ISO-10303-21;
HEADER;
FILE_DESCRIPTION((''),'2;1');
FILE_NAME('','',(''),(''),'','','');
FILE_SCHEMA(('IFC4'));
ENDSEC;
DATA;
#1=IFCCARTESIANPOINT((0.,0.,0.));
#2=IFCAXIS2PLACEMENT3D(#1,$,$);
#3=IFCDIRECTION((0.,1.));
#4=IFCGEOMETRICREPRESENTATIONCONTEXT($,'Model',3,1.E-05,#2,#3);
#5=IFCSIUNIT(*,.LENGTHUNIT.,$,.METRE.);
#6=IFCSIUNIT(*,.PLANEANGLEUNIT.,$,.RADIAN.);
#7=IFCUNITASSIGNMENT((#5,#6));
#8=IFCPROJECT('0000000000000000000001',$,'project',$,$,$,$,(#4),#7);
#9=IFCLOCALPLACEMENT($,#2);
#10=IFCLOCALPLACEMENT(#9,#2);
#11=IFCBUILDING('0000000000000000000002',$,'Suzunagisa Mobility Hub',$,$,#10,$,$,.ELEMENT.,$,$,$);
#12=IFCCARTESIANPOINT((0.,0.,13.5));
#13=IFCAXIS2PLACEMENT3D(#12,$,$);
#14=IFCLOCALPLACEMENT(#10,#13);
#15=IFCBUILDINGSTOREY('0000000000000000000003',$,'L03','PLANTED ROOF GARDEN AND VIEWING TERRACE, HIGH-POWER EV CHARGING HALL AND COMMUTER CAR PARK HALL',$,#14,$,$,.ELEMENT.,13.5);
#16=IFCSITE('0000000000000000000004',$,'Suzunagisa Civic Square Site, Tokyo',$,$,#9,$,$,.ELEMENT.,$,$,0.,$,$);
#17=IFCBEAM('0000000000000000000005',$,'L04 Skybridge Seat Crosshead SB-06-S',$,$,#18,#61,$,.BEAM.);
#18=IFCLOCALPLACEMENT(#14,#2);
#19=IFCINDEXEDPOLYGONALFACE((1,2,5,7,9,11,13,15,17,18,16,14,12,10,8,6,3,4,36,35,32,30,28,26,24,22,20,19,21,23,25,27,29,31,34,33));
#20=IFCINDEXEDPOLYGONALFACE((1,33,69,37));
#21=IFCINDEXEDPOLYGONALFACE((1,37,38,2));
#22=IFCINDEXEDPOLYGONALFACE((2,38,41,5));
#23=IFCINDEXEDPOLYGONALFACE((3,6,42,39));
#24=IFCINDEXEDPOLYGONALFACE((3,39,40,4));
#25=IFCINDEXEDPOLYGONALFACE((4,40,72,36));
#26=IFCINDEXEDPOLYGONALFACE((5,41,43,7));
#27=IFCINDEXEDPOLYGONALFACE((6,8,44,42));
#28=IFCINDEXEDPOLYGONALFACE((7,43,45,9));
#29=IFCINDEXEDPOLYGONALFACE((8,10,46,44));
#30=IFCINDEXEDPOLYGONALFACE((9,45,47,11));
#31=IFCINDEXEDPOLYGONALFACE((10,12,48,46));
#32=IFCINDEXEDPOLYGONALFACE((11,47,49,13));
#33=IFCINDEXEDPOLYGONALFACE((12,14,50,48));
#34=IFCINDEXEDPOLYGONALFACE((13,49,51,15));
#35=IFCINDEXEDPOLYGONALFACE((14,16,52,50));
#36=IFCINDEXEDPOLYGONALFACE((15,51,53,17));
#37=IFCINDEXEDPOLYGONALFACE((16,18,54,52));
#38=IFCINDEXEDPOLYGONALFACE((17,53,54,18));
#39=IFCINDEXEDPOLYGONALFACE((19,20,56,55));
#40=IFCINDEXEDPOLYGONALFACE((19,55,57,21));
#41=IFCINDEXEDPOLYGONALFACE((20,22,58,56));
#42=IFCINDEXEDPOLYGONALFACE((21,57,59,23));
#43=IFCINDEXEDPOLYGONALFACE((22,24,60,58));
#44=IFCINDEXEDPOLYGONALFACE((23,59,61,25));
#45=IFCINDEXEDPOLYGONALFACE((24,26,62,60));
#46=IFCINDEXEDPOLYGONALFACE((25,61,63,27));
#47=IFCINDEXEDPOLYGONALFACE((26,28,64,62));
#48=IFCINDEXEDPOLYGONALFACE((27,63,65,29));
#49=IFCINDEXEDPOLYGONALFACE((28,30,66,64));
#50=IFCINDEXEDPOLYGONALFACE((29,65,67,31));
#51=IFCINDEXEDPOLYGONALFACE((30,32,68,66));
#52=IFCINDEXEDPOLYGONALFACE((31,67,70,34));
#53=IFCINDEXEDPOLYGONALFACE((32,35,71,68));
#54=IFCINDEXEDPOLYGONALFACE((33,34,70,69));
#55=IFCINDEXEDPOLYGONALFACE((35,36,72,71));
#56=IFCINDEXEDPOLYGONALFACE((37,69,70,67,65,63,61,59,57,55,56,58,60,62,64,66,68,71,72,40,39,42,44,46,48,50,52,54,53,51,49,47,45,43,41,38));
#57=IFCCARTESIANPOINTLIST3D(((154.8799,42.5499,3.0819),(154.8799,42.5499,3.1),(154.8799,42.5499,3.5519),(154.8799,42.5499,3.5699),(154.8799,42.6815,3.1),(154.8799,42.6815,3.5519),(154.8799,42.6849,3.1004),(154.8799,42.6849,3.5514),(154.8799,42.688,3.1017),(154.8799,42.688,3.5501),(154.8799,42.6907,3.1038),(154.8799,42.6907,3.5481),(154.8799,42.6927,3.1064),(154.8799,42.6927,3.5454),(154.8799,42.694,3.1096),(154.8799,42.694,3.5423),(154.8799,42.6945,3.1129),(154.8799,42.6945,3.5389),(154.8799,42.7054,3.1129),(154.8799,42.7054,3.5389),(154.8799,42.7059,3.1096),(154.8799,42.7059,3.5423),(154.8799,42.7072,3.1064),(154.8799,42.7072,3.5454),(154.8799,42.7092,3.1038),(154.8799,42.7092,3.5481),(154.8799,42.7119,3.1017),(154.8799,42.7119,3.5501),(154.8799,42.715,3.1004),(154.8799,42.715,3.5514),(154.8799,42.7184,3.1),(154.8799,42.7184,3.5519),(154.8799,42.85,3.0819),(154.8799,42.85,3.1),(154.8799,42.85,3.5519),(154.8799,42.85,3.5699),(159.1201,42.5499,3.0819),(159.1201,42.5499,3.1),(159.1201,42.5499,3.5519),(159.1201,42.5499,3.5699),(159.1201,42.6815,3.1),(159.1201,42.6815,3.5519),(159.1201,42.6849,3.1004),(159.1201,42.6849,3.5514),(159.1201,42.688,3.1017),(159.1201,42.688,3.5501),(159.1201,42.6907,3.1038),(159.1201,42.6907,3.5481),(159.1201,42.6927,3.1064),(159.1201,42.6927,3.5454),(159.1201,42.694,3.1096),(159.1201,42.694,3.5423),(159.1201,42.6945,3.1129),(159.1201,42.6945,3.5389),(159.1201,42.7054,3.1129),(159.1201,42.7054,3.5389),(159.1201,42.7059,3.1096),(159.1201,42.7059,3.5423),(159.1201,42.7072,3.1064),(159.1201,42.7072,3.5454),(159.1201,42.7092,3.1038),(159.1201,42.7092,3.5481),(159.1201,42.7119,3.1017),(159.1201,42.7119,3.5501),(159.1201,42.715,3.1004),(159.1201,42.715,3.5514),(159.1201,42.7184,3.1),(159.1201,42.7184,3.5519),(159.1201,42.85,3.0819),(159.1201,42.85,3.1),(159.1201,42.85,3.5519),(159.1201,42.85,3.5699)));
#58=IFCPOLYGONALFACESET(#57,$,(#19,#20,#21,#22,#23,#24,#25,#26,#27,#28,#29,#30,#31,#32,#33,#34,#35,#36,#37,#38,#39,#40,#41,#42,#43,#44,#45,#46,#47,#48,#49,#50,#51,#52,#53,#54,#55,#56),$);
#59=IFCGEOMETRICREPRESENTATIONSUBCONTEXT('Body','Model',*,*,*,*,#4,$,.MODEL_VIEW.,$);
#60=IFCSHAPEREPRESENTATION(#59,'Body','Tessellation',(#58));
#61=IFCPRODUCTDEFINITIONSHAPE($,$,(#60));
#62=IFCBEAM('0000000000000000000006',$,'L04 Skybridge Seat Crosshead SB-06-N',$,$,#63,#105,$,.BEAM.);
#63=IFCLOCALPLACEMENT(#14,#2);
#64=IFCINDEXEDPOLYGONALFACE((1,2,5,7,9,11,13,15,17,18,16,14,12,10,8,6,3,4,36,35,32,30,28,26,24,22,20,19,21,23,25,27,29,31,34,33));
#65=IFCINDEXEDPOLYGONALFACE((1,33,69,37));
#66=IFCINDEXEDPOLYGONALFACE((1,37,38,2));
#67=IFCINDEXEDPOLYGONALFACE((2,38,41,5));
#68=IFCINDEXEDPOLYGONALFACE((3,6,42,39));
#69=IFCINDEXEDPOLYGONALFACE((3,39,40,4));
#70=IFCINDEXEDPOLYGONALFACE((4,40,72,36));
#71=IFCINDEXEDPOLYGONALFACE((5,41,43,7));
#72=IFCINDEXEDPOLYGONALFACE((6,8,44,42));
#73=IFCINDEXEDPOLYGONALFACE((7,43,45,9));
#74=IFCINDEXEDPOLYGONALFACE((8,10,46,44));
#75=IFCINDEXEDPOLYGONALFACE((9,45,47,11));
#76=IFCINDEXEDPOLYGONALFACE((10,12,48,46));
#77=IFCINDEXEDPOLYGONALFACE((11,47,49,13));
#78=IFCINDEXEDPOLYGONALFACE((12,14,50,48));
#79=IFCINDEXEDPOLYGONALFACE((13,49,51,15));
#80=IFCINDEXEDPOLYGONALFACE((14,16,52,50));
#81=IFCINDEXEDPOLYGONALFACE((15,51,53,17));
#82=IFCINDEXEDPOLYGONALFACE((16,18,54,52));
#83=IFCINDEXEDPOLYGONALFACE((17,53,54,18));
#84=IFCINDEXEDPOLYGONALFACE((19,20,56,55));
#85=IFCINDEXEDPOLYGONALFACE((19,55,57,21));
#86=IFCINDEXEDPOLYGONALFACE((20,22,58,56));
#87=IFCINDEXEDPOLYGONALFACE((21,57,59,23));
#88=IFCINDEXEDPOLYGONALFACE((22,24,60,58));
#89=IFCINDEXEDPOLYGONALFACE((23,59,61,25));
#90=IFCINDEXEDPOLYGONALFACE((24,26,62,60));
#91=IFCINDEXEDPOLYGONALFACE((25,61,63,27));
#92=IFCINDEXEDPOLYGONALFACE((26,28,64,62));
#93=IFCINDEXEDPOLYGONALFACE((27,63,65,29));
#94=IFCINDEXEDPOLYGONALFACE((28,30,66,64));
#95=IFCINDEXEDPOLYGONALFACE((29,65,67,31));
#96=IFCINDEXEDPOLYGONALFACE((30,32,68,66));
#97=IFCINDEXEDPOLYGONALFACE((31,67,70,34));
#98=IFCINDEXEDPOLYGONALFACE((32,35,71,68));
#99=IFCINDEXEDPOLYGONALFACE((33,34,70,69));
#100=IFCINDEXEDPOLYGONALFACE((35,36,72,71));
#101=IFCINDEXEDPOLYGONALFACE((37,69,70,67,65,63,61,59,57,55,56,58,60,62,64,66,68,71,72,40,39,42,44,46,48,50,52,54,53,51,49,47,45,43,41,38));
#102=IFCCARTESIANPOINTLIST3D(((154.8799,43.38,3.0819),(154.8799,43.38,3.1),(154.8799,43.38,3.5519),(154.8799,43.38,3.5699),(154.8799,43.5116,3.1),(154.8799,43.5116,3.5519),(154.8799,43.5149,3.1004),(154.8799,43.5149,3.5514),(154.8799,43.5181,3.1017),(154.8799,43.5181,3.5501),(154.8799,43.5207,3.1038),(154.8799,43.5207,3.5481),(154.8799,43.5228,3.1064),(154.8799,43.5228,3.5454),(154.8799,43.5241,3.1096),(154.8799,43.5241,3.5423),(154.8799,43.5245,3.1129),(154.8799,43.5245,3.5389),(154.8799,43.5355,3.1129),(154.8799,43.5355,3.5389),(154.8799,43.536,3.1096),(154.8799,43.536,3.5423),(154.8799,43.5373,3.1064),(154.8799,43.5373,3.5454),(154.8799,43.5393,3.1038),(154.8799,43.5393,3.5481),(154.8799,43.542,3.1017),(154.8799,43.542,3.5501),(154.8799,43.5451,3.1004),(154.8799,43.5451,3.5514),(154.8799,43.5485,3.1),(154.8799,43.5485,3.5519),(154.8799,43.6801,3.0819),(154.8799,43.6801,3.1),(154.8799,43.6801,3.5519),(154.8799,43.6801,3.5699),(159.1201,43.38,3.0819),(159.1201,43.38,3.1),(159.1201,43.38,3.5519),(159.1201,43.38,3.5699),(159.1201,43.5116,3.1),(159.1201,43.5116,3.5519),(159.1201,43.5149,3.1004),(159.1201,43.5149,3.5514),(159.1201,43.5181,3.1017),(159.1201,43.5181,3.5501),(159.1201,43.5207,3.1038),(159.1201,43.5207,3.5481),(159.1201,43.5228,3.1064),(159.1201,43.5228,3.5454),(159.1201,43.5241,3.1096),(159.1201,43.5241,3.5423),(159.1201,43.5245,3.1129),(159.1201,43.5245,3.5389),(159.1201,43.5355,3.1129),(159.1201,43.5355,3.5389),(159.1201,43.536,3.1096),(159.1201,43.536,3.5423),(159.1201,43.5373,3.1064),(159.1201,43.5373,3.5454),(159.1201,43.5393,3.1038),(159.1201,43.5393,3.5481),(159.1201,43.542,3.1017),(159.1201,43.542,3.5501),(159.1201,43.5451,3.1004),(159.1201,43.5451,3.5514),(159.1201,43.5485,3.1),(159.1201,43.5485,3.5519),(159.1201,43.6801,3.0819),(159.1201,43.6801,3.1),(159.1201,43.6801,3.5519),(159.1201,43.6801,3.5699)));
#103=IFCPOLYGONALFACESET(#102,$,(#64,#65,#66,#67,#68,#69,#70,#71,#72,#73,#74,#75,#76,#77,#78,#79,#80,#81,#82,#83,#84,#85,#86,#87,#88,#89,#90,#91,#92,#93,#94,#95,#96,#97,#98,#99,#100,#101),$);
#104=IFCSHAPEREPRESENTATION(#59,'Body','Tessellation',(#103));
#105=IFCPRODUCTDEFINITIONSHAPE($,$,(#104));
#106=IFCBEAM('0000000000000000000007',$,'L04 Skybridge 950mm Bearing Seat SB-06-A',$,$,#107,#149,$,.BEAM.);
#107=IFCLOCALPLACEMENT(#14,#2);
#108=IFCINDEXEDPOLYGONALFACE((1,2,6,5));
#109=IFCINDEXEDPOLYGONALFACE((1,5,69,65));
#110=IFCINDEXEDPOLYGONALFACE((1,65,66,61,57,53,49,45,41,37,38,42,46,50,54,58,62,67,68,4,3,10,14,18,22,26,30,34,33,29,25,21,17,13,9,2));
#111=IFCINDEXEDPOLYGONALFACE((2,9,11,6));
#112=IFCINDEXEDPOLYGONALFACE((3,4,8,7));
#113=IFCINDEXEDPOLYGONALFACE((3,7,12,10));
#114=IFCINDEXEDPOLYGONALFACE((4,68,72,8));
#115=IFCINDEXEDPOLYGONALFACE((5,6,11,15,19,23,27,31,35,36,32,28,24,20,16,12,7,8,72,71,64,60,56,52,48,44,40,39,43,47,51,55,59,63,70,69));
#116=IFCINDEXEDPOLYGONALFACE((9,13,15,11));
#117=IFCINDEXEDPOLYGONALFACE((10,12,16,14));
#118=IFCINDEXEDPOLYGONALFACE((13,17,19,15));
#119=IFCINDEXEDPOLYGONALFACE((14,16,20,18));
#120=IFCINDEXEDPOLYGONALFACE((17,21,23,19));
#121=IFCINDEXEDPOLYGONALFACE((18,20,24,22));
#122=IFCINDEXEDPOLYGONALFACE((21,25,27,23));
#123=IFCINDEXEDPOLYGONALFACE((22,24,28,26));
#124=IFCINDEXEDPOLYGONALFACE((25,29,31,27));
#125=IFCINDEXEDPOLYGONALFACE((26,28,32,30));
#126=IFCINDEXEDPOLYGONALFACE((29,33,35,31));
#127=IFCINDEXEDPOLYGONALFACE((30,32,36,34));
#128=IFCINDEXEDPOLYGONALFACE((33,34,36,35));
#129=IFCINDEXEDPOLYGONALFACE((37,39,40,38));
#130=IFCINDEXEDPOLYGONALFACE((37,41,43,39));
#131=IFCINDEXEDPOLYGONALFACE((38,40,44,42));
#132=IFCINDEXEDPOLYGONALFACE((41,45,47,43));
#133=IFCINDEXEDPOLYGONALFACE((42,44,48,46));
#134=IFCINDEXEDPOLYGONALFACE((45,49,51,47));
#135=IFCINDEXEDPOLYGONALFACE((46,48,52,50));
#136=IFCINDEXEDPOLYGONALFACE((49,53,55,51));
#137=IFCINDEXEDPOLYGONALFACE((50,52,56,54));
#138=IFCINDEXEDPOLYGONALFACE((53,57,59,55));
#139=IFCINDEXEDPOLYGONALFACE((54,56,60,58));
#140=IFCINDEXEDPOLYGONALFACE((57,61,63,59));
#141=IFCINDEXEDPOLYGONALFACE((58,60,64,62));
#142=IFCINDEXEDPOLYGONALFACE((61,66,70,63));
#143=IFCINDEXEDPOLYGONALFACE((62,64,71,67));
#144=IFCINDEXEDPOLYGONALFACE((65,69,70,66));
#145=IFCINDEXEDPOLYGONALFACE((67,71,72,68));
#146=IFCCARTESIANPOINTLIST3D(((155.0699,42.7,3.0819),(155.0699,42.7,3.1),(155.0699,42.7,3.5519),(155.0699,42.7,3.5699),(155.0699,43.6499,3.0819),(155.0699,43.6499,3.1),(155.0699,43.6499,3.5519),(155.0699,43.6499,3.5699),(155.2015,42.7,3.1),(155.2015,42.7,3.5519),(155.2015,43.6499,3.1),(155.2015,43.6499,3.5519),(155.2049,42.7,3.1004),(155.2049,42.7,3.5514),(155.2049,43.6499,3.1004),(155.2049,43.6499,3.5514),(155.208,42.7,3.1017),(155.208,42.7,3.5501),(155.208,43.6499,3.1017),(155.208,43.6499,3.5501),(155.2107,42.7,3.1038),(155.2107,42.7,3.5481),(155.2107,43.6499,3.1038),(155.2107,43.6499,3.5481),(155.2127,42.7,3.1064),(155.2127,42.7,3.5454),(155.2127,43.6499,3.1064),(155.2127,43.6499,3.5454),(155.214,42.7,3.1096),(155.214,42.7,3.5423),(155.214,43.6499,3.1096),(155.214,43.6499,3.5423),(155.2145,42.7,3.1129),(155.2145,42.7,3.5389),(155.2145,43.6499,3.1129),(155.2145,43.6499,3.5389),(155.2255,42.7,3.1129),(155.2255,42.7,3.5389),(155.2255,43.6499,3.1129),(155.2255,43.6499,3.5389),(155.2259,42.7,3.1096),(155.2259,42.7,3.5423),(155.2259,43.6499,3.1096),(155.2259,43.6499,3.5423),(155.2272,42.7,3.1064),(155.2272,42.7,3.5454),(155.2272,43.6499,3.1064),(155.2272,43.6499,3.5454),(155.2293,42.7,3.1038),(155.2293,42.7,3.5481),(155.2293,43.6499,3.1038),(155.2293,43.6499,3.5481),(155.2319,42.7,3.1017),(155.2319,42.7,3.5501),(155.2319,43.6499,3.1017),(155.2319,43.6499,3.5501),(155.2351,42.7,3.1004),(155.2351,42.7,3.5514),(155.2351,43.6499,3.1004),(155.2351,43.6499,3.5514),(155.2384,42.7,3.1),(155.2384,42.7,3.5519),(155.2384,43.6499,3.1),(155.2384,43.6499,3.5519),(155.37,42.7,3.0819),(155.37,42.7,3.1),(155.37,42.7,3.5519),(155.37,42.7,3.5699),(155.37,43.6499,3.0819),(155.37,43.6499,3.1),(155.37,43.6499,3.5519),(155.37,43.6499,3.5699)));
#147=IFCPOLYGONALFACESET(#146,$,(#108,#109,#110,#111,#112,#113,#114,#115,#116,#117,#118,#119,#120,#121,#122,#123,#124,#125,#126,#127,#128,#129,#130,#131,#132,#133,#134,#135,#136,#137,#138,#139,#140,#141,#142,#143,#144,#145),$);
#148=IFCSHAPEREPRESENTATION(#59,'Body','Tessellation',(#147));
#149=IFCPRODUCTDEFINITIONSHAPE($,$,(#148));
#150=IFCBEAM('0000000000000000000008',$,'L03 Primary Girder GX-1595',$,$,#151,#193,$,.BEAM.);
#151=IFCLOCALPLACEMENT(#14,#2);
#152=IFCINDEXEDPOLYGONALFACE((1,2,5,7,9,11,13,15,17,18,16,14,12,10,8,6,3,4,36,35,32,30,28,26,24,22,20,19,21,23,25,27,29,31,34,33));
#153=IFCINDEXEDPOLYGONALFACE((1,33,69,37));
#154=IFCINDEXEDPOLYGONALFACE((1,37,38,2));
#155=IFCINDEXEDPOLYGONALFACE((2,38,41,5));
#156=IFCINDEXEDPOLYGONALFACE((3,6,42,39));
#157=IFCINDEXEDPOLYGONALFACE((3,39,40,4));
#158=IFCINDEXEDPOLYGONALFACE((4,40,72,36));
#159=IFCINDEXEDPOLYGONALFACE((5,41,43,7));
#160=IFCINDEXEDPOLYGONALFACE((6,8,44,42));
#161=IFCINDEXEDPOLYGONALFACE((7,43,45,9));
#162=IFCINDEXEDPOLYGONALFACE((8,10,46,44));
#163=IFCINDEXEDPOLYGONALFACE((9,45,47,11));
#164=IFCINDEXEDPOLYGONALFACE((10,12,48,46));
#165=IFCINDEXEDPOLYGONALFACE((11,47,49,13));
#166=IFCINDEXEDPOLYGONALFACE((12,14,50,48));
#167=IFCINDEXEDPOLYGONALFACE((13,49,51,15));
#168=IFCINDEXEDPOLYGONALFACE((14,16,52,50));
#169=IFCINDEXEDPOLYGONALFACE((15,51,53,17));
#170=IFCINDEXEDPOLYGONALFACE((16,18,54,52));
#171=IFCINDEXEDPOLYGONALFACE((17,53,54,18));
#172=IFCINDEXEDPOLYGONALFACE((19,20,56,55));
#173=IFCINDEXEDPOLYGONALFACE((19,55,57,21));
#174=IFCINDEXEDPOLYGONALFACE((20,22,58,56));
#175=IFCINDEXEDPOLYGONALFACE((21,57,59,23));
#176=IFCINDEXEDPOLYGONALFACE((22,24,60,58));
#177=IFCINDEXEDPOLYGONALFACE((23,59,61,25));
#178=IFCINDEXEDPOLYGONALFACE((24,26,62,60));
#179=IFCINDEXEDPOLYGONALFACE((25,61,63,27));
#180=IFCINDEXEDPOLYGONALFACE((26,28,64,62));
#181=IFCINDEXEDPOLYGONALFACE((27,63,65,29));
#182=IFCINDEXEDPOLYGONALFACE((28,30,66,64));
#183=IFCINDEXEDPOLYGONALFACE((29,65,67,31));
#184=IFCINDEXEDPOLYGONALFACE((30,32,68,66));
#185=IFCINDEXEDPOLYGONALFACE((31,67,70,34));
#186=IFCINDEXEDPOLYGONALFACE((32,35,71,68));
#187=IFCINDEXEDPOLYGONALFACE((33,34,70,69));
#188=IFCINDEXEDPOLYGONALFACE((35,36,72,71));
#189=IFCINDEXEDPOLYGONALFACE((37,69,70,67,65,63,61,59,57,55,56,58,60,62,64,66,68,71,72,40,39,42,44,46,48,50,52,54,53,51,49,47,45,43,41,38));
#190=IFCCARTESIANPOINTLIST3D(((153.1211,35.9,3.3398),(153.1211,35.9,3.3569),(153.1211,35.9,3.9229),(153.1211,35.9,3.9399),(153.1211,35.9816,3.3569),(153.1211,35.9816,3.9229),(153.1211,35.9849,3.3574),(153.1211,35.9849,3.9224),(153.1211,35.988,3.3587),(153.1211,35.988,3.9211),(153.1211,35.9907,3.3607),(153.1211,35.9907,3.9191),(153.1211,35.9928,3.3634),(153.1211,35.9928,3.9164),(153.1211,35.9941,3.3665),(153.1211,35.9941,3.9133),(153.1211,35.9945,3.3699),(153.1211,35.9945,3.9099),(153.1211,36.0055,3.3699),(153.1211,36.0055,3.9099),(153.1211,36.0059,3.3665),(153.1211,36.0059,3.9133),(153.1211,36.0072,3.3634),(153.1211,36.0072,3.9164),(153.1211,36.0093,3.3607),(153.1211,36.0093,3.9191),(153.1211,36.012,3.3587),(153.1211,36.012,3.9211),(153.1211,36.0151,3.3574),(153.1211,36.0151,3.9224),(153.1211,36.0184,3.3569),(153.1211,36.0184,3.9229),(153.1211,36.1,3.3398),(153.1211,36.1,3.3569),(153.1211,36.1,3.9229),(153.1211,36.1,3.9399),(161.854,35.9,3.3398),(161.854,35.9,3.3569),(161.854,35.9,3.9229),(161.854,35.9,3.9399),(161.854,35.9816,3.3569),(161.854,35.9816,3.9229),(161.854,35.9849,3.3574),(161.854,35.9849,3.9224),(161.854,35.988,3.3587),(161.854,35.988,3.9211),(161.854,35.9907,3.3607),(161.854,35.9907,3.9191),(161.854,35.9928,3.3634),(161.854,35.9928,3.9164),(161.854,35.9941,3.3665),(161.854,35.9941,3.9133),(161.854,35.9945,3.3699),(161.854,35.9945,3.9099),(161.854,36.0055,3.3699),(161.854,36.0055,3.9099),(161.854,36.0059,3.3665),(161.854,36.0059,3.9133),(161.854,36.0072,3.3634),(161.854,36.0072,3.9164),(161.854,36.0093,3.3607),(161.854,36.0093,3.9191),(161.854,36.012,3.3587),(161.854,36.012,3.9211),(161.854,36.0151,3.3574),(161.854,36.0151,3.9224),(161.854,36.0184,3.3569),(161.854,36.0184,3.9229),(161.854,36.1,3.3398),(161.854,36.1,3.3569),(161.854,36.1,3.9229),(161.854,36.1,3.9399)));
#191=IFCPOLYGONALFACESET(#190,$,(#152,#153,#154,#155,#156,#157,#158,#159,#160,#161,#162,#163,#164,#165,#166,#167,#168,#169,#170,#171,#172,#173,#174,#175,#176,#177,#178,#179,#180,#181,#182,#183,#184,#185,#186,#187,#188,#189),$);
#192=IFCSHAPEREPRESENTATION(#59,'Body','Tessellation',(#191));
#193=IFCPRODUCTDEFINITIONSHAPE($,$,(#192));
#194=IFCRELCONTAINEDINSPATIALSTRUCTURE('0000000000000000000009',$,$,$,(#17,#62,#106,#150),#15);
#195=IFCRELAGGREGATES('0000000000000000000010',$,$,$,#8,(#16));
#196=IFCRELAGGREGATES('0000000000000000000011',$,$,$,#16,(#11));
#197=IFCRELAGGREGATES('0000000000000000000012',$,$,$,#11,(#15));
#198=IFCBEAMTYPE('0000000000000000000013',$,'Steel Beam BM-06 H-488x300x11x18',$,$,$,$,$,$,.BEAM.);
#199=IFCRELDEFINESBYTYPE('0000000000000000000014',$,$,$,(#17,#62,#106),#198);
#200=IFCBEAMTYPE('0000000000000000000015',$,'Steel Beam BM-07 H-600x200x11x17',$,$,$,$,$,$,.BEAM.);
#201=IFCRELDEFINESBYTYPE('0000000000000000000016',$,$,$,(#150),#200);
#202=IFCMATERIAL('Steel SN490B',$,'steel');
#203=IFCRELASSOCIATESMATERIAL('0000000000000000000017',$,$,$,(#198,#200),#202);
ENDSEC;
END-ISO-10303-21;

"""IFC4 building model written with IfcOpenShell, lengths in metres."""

from ifc_helpers import new_model, si_unit, direction, frame, origin, origin_2d, place, context, subcontext, project, spatial, i_section, extrude, material, material_profile, profile_set, type_object, element, save


model = new_model("IFC4")

# Units and contexts
model_context = context("Model", 3, precision=1e-05, world=origin(), true_north=direction((0.0, 1.0)))
body_context = subcontext(model_context, "Body", "Model", "MODEL_VIEW")
ifc_project = project(units=[si_unit("LENGTHUNIT", "METRE"), si_unit("PLANEANGLEUNIT", "RADIAN")], contexts=[model_context])

# Site, building, storey
site_placement = place(None, origin())
site = spatial("IfcSite", under=ifc_project, at=site_placement, Name="Suzunagisa Civic Square Site, Tokyo", CompositionType="ELEMENT", RefElevation=0.0)
building_placement = place(site_placement, origin())
building = spatial("IfcBuilding", under=site, at=building_placement, Name="Suzunagisa Mobility Hub", CompositionType="ELEMENT")
storey_placement = place(building_placement, frame((0.0, 0.0, 13.5)))
storey = spatial("IfcBuildingStorey", under=building, at=storey_placement, Name="L03", Description="PLANTED ROOF GARDEN AND VIEWING TERRACE, HIGH-POWER EV CHARGING HALL AND COMMUTER CAR PARK HALL", CompositionType="ELEMENT", Elevation=13.5)

# Shared definitions
ifc_material_1 = material(Name="Steel SN490B", Category="steel")

# Beams
ifc_material_profile_1 = material_profile(ifc_material_1, i_section(OverallWidth=0.3, OverallDepth=0.488, WebThickness=0.011, FlangeThickness=0.0181, FilletRadius=0.0129, at=origin_2d()), Name="H-488x300x11x18")
ifc_profile_set_1 = profile_set([ifc_material_profile_1], Name="Steel SN490B")
beam_type_1 = type_object("IfcBeamType", Name="Steel Beam BM-06 H-488x300x11x18", PredefinedType="BEAM", material=ifc_profile_set_1)
for number, where, z_axis, x_axis, name in (
    (1, (154.8799, 42.7, 3.3259), (1.0, 0.0, 0.0), (0.0, 1.0, 0.0), "L04 Skybridge Seat Crosshead SB-06-S"),
    (2, (154.8799, 43.53, 3.3259), (1.0, 0.0, 0.0), (0.0, 1.0, 0.0), "L04 Skybridge Seat Crosshead SB-06-N"),
):
    element("IfcBeam", number, at=place(storey_placement, frame(where, z_axis=z_axis, x_axis=x_axis)), inside=storey, type_object=beam_type_1, Name=name, PredefinedType="BEAM", context=body_context, shape_type="SweptSolid", body=[
        extrude(i_section(OverallWidth=0.3, OverallDepth=0.488, WebThickness=0.011, FlangeThickness=0.0181, FilletRadius=0.0129, at=origin_2d()), origin(), (0.0, 0.0, 1.0), 4.2402),
    ])
beam_1_placement = place(storey_placement, frame((155.22, 42.7, 3.3259), z_axis=(0.0, 1.0, 0.0), x_axis=(-1.0, 0.0, 0.0)))
element("IfcBeam", 3, at=beam_1_placement, inside=storey, type_object=beam_type_1, Name="L04 Skybridge 950mm Bearing Seat SB-06-A", PredefinedType="BEAM", context=body_context, shape_type="SweptSolid", body=[
    extrude(i_section(OverallWidth=0.3, OverallDepth=0.488, WebThickness=0.011, FlangeThickness=0.0181, FilletRadius=0.0129, at=origin_2d()), origin(), (0.0, 0.0, 1.0), 0.95),
])
ifc_material_profile_2 = material_profile(ifc_material_1, i_section(OverallWidth=0.2, OverallDepth=0.6001, WebThickness=0.011, FlangeThickness=0.0171, FilletRadius=0.0129, at=origin_2d()), Name="H-600x200x11x17")
ifc_profile_set_2 = profile_set([ifc_material_profile_2], Name="Steel SN490B")
beam_type_2 = type_object("IfcBeamType", Name="Steel Beam BM-07 H-600x200x11x17", PredefinedType="BEAM", material=ifc_profile_set_2)
beam_2_placement = place(storey_placement, frame((153.1211, 36.0, 3.6399), z_axis=(1.0, 0.0, 0.0), x_axis=(0.0, 1.0, 0.0)))
element("IfcBeam", 4, at=beam_2_placement, inside=storey, type_object=beam_type_2, Name="L03 Primary Girder GX-1595", PredefinedType="BEAM", context=body_context, shape_type="SweptSolid", body=[
    extrude(i_section(OverallWidth=0.2, OverallDepth=0.6001, WebThickness=0.011, FlangeThickness=0.0171, FilletRadius=0.0129, at=origin_2d()), origin(), (0.0, 0.0, 1.0), 8.7329),
])

save(model, "model.ifc")
